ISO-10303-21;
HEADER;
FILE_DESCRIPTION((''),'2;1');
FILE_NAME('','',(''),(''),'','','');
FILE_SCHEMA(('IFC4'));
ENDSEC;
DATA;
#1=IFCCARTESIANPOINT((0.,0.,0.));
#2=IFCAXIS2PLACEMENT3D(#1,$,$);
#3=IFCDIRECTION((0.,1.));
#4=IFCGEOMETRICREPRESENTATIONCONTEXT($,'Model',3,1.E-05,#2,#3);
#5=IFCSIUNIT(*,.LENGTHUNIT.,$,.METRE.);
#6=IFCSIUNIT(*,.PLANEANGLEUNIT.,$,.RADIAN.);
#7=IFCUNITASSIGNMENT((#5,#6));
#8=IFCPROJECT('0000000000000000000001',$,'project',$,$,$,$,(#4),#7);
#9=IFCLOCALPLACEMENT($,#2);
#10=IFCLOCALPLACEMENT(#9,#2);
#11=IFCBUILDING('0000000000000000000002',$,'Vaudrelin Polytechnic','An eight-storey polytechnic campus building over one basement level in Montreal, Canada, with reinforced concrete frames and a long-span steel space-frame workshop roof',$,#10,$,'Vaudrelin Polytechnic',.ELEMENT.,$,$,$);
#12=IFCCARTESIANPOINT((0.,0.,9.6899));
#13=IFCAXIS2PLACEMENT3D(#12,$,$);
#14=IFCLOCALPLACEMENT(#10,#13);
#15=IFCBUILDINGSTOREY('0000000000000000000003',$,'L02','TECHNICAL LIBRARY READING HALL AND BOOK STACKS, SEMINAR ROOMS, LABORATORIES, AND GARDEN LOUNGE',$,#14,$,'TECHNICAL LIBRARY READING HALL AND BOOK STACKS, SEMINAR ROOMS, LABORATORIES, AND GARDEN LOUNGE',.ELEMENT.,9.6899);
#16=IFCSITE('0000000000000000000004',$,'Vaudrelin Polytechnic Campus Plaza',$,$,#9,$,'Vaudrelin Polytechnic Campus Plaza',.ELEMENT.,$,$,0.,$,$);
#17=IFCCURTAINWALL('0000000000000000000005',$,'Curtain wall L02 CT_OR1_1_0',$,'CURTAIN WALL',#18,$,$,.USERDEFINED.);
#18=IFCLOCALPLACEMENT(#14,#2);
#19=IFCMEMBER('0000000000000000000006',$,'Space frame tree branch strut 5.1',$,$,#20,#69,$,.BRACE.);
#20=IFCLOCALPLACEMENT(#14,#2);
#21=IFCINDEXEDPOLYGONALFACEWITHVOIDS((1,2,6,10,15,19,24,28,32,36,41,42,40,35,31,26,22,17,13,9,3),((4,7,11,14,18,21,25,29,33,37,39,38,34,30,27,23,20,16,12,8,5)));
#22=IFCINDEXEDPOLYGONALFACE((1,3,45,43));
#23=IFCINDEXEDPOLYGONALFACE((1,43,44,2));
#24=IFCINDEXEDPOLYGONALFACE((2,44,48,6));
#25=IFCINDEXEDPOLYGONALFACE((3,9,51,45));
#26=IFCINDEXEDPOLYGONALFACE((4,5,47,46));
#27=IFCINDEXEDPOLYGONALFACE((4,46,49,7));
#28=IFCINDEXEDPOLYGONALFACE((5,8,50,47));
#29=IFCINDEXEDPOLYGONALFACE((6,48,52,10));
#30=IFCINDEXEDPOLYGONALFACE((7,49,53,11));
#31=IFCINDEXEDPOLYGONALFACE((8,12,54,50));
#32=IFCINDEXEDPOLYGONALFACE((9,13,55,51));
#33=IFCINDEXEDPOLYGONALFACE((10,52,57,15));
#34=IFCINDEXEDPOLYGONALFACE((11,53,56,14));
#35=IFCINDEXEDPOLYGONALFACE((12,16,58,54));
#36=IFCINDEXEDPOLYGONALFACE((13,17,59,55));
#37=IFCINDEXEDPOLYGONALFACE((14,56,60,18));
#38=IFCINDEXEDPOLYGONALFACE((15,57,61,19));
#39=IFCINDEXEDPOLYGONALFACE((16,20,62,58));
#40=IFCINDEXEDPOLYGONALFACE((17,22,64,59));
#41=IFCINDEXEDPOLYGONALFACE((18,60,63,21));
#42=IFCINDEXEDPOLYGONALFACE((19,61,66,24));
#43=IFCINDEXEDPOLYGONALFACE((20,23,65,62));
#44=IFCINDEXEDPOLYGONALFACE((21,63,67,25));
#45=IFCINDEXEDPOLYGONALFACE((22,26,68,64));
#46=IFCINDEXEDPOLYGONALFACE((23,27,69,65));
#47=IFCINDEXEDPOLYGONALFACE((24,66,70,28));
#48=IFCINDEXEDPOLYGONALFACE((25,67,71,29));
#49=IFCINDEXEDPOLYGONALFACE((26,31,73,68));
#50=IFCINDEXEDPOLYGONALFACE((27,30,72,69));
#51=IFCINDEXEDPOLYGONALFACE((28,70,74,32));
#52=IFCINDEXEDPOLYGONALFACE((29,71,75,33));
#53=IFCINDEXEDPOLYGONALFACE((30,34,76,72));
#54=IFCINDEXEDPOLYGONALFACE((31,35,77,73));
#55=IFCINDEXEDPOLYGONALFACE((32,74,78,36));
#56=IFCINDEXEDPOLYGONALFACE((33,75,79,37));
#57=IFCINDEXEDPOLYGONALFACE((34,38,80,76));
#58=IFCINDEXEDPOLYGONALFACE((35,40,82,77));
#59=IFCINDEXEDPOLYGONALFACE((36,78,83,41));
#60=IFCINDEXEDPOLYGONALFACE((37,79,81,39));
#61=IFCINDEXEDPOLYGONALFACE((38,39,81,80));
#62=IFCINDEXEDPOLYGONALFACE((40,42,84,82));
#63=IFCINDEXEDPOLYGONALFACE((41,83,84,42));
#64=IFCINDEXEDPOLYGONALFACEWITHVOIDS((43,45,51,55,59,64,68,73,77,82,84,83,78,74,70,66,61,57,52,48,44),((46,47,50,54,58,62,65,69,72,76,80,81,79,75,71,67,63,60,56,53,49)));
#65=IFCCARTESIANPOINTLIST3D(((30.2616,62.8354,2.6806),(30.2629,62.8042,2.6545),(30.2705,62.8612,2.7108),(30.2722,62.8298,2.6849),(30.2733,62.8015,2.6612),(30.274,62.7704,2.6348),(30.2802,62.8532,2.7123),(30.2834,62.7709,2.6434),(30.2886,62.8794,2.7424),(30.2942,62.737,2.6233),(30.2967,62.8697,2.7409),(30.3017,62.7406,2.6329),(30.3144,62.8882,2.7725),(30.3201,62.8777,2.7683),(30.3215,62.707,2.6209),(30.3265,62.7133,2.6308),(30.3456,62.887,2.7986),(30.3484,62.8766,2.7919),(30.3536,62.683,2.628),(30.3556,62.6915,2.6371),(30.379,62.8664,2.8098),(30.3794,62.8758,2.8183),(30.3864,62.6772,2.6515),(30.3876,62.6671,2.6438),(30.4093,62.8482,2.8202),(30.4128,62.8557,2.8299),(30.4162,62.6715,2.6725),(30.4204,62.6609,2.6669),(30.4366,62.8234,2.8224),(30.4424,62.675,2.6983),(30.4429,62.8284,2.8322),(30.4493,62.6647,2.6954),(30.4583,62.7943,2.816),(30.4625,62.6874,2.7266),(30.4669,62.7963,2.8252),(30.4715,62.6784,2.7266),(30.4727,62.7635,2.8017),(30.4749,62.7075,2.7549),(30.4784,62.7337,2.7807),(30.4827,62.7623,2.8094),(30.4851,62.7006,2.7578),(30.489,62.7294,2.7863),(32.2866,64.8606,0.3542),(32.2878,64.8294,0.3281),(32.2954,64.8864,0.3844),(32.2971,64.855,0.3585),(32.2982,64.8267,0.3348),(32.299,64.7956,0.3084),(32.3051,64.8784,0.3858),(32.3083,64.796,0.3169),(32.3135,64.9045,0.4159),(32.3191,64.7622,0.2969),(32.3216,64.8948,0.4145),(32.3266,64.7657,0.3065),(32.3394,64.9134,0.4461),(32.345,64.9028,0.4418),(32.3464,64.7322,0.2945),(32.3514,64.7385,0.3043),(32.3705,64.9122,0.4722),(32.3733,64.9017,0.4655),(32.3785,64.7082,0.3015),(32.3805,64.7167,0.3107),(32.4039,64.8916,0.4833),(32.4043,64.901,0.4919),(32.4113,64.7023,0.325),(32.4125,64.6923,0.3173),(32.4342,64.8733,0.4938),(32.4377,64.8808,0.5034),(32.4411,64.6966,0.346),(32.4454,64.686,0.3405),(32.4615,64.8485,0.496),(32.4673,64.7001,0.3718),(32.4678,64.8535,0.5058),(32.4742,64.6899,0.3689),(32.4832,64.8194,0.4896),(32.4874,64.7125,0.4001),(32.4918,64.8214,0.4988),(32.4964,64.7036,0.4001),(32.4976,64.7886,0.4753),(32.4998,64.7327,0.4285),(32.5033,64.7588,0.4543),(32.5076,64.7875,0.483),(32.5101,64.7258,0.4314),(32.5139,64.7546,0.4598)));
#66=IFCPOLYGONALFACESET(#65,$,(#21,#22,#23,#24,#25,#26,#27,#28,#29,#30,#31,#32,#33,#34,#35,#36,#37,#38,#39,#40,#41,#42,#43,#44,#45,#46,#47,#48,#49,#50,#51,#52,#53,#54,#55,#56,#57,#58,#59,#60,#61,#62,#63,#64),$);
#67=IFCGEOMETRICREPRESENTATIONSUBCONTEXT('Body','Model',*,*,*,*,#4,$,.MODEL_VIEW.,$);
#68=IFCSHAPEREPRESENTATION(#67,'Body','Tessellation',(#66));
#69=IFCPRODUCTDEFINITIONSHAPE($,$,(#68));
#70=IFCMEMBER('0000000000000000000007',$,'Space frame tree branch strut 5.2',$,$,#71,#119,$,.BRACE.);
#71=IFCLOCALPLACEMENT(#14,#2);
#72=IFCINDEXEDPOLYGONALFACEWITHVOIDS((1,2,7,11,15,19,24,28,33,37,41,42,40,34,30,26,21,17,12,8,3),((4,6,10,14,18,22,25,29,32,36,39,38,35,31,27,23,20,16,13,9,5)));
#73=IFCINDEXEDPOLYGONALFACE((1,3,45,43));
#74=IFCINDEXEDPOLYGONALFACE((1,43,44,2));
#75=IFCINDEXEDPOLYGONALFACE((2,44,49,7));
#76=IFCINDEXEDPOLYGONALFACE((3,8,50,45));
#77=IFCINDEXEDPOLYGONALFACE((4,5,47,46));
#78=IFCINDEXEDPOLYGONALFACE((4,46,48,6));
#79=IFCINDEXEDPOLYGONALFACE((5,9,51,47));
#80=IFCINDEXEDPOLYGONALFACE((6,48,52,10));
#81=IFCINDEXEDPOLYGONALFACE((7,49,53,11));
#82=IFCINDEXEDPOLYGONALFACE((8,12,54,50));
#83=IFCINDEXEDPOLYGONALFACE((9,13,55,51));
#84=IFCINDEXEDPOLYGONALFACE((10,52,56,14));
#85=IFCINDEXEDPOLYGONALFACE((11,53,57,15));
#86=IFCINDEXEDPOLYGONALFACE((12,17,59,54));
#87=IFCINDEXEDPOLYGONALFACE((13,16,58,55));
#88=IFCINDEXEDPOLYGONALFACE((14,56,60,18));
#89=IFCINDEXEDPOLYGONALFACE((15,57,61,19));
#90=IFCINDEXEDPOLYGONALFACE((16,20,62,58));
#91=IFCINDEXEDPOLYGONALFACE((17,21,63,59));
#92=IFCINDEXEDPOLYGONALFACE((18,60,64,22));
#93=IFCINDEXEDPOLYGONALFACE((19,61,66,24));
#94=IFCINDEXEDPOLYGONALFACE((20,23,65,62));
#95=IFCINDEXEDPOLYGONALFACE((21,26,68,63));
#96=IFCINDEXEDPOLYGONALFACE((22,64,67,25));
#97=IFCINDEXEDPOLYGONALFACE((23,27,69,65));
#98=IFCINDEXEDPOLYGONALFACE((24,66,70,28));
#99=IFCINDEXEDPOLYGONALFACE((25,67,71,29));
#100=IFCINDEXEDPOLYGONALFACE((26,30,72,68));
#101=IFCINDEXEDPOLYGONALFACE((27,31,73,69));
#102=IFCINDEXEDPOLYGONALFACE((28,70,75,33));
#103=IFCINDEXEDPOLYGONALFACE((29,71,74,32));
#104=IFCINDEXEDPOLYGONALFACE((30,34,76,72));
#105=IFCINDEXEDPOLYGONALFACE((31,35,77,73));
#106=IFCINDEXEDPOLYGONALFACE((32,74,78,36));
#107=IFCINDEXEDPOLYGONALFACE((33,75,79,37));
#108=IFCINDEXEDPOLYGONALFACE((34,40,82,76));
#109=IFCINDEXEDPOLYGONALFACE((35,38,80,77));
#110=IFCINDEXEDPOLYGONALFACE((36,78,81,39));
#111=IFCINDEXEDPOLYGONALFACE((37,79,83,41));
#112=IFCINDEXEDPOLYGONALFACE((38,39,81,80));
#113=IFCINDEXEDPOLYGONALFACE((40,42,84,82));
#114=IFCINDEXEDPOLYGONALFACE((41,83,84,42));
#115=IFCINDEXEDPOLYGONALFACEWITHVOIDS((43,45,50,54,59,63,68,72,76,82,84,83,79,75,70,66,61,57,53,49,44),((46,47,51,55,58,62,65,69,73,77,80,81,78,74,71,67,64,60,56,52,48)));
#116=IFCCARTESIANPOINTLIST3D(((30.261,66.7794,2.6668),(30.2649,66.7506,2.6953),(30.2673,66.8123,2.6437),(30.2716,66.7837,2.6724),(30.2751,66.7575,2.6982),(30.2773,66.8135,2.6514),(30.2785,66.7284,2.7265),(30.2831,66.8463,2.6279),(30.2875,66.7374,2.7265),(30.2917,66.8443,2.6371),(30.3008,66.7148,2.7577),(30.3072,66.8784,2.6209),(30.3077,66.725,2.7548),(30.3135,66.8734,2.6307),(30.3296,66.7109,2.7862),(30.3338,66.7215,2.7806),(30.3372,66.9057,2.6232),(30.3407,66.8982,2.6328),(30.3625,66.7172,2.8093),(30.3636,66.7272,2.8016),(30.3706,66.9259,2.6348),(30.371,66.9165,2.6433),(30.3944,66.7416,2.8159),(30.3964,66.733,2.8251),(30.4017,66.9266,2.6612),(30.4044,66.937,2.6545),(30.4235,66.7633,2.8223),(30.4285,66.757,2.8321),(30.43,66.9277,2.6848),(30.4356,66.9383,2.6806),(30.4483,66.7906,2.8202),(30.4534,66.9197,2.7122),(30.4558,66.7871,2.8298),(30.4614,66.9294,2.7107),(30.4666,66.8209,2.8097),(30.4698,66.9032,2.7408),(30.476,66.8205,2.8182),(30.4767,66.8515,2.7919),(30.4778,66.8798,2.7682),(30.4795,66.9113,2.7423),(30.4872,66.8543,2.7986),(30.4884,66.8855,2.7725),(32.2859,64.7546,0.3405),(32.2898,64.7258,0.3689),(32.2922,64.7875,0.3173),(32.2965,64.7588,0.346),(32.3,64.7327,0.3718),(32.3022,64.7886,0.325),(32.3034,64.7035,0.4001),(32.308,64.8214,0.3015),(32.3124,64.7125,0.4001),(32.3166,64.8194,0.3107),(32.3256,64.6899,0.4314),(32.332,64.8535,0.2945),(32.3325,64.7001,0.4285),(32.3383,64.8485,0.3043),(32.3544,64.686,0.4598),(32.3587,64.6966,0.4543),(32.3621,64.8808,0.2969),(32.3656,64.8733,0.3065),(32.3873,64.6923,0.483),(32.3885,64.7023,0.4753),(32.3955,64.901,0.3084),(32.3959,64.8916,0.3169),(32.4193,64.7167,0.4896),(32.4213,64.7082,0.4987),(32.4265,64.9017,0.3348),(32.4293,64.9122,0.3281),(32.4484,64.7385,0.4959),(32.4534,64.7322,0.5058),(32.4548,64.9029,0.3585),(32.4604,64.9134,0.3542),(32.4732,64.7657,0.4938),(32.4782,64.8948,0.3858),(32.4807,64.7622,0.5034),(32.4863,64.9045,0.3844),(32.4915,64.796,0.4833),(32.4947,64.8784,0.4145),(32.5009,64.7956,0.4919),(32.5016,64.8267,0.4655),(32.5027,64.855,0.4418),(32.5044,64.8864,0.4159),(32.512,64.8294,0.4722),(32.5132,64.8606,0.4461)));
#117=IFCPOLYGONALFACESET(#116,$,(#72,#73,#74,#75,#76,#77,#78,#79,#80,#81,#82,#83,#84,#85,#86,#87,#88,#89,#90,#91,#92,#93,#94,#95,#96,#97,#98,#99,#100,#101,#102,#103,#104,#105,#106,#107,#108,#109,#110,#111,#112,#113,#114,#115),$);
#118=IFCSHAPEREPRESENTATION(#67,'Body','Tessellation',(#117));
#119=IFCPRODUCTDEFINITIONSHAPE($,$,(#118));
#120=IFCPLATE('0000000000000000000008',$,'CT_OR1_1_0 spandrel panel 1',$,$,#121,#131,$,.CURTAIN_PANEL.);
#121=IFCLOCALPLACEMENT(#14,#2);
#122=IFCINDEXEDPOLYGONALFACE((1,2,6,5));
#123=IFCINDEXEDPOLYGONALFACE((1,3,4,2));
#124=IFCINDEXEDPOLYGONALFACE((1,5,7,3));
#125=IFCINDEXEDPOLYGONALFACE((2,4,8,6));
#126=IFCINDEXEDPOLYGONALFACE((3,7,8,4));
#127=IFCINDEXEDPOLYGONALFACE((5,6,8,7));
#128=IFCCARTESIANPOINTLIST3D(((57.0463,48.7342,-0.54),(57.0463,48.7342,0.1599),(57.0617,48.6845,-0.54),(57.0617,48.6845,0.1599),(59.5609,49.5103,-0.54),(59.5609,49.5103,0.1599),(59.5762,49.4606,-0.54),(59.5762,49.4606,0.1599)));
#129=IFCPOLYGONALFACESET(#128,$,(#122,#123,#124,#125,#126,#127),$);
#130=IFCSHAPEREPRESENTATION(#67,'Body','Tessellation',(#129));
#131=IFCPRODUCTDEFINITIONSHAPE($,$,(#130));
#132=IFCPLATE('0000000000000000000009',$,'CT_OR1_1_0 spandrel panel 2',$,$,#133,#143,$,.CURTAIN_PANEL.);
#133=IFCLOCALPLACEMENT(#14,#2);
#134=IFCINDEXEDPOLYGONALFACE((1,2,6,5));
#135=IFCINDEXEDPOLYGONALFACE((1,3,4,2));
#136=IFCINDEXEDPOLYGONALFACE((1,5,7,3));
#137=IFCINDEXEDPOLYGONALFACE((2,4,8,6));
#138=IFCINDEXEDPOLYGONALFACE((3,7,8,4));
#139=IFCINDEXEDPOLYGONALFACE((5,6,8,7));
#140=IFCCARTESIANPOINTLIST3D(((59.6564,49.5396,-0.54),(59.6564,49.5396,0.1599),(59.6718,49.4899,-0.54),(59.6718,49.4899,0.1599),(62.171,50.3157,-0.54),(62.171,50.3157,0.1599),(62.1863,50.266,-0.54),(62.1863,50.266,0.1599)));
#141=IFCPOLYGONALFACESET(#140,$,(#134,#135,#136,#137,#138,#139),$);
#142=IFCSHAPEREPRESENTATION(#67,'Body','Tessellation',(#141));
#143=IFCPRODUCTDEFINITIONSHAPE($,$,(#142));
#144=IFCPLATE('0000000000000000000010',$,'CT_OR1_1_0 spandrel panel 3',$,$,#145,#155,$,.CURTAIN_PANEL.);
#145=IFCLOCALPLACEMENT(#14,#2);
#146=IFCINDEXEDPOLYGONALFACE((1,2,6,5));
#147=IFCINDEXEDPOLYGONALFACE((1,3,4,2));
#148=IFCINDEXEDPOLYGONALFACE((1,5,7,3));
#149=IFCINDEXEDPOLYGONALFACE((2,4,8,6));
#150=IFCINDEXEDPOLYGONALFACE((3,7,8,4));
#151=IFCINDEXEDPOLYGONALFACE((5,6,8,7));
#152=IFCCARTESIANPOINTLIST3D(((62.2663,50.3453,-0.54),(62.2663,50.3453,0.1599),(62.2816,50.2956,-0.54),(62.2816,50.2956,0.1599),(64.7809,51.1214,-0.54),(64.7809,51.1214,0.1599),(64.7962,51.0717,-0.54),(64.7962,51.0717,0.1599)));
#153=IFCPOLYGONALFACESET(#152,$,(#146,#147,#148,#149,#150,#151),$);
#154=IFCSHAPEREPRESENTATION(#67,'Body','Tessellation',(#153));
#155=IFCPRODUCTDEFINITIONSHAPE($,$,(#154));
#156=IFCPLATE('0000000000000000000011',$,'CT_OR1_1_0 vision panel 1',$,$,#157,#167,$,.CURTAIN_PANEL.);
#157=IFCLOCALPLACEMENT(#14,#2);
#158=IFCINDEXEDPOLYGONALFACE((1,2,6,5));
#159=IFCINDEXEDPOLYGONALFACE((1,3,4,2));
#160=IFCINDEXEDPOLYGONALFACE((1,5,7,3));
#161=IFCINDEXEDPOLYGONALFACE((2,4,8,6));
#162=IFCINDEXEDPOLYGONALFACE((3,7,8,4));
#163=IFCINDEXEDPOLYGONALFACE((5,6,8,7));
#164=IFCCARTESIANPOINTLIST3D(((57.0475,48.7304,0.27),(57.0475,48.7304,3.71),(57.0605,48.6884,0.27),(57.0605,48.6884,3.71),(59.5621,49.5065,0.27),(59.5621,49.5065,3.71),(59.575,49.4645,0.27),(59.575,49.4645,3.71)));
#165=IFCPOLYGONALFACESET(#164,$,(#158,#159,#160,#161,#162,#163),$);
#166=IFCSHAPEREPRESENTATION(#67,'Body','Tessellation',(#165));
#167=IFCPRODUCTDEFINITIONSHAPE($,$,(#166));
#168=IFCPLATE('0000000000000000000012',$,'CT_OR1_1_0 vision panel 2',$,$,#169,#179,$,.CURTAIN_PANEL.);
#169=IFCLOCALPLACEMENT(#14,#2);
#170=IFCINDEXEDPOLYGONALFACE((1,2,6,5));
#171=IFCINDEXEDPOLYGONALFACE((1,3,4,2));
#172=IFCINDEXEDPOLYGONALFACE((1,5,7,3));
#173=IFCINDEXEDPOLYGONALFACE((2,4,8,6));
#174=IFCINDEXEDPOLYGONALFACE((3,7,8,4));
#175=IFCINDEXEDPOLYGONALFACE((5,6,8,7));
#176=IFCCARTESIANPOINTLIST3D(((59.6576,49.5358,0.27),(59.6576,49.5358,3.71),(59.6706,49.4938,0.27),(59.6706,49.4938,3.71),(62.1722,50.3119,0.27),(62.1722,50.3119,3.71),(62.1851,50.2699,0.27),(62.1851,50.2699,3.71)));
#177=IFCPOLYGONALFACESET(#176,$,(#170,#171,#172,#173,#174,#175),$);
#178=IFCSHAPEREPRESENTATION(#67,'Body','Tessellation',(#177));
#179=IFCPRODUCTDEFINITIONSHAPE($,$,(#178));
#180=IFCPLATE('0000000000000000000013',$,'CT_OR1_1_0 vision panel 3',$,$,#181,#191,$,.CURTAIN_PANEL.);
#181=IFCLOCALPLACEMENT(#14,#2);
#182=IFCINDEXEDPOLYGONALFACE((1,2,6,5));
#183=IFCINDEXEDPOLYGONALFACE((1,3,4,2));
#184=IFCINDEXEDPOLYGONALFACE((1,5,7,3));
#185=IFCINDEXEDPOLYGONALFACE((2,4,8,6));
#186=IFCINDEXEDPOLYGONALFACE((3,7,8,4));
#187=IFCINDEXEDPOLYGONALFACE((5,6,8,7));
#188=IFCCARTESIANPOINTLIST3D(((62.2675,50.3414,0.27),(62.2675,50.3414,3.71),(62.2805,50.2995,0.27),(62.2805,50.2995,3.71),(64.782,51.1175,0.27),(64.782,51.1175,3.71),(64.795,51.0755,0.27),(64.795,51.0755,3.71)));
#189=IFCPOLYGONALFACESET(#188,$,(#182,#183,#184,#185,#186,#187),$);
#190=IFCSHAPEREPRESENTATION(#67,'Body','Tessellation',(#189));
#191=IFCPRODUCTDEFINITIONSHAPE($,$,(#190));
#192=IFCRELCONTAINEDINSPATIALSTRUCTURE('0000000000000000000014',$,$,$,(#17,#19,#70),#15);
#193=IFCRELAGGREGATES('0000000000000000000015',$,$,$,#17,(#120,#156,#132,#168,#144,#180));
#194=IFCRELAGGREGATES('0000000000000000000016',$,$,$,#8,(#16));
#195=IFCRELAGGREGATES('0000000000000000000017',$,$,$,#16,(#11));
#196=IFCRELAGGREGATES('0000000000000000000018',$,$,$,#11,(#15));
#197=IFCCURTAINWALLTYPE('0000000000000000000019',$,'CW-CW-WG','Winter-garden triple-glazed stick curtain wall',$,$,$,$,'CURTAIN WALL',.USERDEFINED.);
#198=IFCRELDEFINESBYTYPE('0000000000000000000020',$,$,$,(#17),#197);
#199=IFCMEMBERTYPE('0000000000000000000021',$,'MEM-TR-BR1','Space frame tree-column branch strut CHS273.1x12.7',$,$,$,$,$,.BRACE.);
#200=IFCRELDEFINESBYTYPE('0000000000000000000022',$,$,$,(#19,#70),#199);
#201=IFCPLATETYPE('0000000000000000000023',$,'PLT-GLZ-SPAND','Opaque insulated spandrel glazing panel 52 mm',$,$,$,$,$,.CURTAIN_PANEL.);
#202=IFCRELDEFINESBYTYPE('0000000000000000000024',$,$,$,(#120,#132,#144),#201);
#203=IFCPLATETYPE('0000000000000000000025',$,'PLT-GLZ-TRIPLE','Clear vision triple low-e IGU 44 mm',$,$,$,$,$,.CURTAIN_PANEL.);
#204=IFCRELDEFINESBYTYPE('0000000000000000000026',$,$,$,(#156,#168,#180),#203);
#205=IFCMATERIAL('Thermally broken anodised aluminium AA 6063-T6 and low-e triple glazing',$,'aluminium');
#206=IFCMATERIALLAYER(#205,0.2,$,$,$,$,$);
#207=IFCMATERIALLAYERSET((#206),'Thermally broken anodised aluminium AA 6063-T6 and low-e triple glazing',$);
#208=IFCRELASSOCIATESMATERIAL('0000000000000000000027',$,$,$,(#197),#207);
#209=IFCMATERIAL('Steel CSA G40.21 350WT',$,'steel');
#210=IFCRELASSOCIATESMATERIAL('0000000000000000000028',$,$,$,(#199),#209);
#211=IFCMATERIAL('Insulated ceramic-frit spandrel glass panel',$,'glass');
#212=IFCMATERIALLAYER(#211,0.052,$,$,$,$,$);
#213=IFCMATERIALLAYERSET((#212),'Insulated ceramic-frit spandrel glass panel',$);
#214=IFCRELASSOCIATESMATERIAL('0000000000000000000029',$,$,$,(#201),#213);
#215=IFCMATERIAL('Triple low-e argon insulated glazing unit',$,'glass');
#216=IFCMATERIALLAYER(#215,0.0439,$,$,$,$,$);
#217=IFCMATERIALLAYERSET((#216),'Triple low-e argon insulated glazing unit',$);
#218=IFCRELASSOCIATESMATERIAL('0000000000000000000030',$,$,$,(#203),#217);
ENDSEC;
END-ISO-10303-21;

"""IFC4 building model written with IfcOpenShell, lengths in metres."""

from ifc_helpers import new_model, si_unit, direction, frame, origin, origin_2d, place, context, subcontext, project, spatial, rectangle, hollow_circle, extrude, material, layer, layer_set, material_profile, profile_set, type_object, element, aggregate, save


model = new_model("IFC4")

# Units and contexts
model_context = context("Model", 3, precision=1e-05, world=origin(), true_north=direction((0.0, 1.0)))
body_context = subcontext(model_context, "Body", "Model", "MODEL_VIEW")
ifc_project = project(units=[si_unit("LENGTHUNIT", "METRE"), si_unit("PLANEANGLEUNIT", "RADIAN")], contexts=[model_context])

# Site, building, storey
site_placement = place(None, origin())
site = spatial("IfcSite", under=ifc_project, at=site_placement, Name="Vaudrelin Polytechnic Campus Plaza", LongName="Vaudrelin Polytechnic Campus Plaza", CompositionType="ELEMENT", RefElevation=0.0)
building_placement = place(site_placement, origin())
building = spatial("IfcBuilding", under=site, at=building_placement, Name="Vaudrelin Polytechnic", Description="An eight-storey polytechnic campus building over one basement level in Montreal, Canada, with reinforced concrete frames and a long-span steel space-frame workshop roof", LongName="Vaudrelin Polytechnic", CompositionType="ELEMENT")
storey_placement = place(building_placement, frame((0.0, 0.0, 9.6899)))
storey = spatial("IfcBuildingStorey", under=building, at=storey_placement, Name="L02", Description="TECHNICAL LIBRARY READING HALL AND BOOK STACKS, SEMINAR ROOMS, LABORATORIES, AND GARDEN LOUNGE", LongName="TECHNICAL LIBRARY READING HALL AND BOOK STACKS, SEMINAR ROOMS, LABORATORIES, AND GARDEN LOUNGE", CompositionType="ELEMENT", Elevation=9.6899)

# Shared definitions
ifc_material_1 = material(Name="Steel CSA G40.21 350WT", Category="steel")

# Curtain wall
ifc_material_2 = material(Name="Thermally broken anodised aluminium AA 6063-T6 and low-e triple glazing", Category="aluminium")
ifc_layer_1 = layer(ifc_material_2, 0.2)
ifc_layer_set_1 = layer_set([ifc_layer_1], Name="Thermally broken anodised aluminium AA 6063-T6 and low-e triple glazing")
curtain_wall_type = type_object("IfcCurtainWallType", Name="CW-CW-WG", Description="Winter-garden triple-glazed stick curtain wall", ElementType="CURTAIN WALL", PredefinedType="USERDEFINED", material=ifc_layer_set_1)
curtain_wall_placement = place(storey_placement, origin())
curtain_wall = element("IfcCurtainWall", 1, at=curtain_wall_placement, inside=storey, type_object=curtain_wall_type, Name="Curtain wall L02 CT_OR1_1_0", ObjectType="CURTAIN WALL", PredefinedType="USERDEFINED")

# Members
ifc_material_profile_1 = material_profile(ifc_material_1, hollow_circle(Radius=0.1365, WallThickness=0.0127, at=origin_2d()), Name="CHS273.1x12.7")
ifc_profile_set_1 = profile_set([ifc_material_profile_1], Name="Steel CSA G40.21 350WT")
member_type_1 = type_object("IfcMemberType", Name="MEM-TR-BR1", Description="Space frame tree-column branch strut CHS273.1x12.7", PredefinedType="BRACE", material=ifc_profile_set_1)
member_1_placement = place(storey_placement, frame((32.3999, 64.8, 0.4001), z_axis=(-0.548803, -0.548869, 0.630522), x_axis=(0.707149, -0.707064, 0.0)))
element("IfcMember", 2, at=member_1_placement, inside=storey, type_object=member_type_1, Name="Space frame tree branch strut 5.1", PredefinedType="BRACE", context=body_context, shape_type="SweptSolid", body=[
    extrude(hollow_circle(Radius=0.1365, WallThickness=0.0127, at=origin_2d()), origin(), (0.0, 0.0, 1.0), 3.6897),
])
member_2_placement = place(storey_placement, frame((32.3999, 64.8, 0.4001), z_axis=(-0.548823, 0.548823, 0.630544), x_axis=(-0.707107, -0.707107, 0.0)))
element("IfcMember", 3, at=member_2_placement, inside=storey, type_object=member_type_1, Name="Space frame tree branch strut 5.2", PredefinedType="BRACE", context=body_context, shape_type="SweptSolid", body=[
    extrude(hollow_circle(Radius=0.1365, WallThickness=0.0127, at=origin_2d()), origin(), (0.0, 0.0, 1.0), 3.6895),
])

# Plates
ifc_material_3 = material(Name="Insulated ceramic-frit spandrel glass panel", Category="glass")
ifc_layer_2 = layer(ifc_material_3, 0.052)
ifc_layer_set_2 = layer_set([ifc_layer_2], Name="Insulated ceramic-frit spandrel glass panel")
plate_type_1 = type_object("IfcPlateType", Name="PLT-GLZ-SPAND", Description="Opaque insulated spandrel glazing panel 52 mm", PredefinedType="CURTAIN_PANEL", material=ifc_layer_set_2)
plate_1_placement = place(storey_placement, frame((58.3113, 49.0974, -0.54), z_axis=(0.0, 0.0, 1.0), x_axis=(0.955524, 0.294915, 0.0)))
plate_1 = element("IfcPlate", 4, at=plate_1_placement, type_object=plate_type_1, Name="CT_OR1_1_0 spandrel panel 1", PredefinedType="CURTAIN_PANEL", context=body_context, shape_type="SweptSolid", body=[
    extrude(rectangle(XDim=2.6316, YDim=0.052, at=origin_2d()), origin(), (0.0, 0.0, 1.0), 0.7),
])
plate_2_placement = place(storey_placement, frame((60.9214, 49.9028, -0.54), z_axis=(0.0, 0.0, 1.0), x_axis=(0.955524, 0.294915, 0.0)))
plate_2 = element("IfcPlate", 5, at=plate_2_placement, type_object=plate_type_1, Name="CT_OR1_1_0 spandrel panel 2", PredefinedType="CURTAIN_PANEL", context=body_context, shape_type="SweptSolid", body=[
    extrude(rectangle(XDim=2.6316, YDim=0.052, at=origin_2d()), origin(), (0.0, 0.0, 1.0), 0.7),
])
plate_3_placement = place(storey_placement, frame((63.5312, 50.7085, -0.54), z_axis=(0.0, 0.0, 1.0), x_axis=(0.955524, 0.294915, 0.0)))
plate_3 = element("IfcPlate", 6, at=plate_3_placement, type_object=plate_type_1, Name="CT_OR1_1_0 spandrel panel 3", PredefinedType="CURTAIN_PANEL", context=body_context, shape_type="SweptSolid", body=[
    extrude(rectangle(XDim=2.6316, YDim=0.052, at=origin_2d()), origin(), (0.0, 0.0, 1.0), 0.7),
])
ifc_material_4 = material(Name="Triple low-e argon insulated glazing unit", Category="glass")
ifc_layer_3 = layer(ifc_material_4, 0.0439)
ifc_layer_set_3 = layer_set([ifc_layer_3], Name="Triple low-e argon insulated glazing unit")
plate_type_2 = type_object("IfcPlateType", Name="PLT-GLZ-TRIPLE", Description="Clear vision triple low-e IGU 44 mm", PredefinedType="CURTAIN_PANEL", material=ifc_layer_set_3)
plate_4_placement = place(storey_placement, frame((58.3113, 49.0974, 0.27), z_axis=(0.0, 0.0, 1.0), x_axis=(0.955524, 0.294915, 0.0)))
plate_4 = element("IfcPlate", 7, at=plate_4_placement, type_object=plate_type_2, Name="CT_OR1_1_0 vision panel 1", PredefinedType="CURTAIN_PANEL", context=body_context, shape_type="SweptSolid", body=[
    extrude(rectangle(XDim=2.6316, YDim=0.0439, at=origin_2d()), origin(), (0.0, 0.0, 1.0), 3.4399),
])
plate_5_placement = place(storey_placement, frame((60.9214, 49.9028, 0.27), z_axis=(0.0, 0.0, 1.0), x_axis=(0.955524, 0.294915, 0.0)))
plate_5 = element("IfcPlate", 8, at=plate_5_placement, type_object=plate_type_2, Name="CT_OR1_1_0 vision panel 2", PredefinedType="CURTAIN_PANEL", context=body_context, shape_type="SweptSolid", body=[
    extrude(rectangle(XDim=2.6316, YDim=0.0439, at=origin_2d()), origin(), (0.0, 0.0, 1.0), 3.4399),
])
plate_6_placement = place(storey_placement, frame((63.5312, 50.7085, 0.27), z_axis=(0.0, 0.0, 1.0), x_axis=(0.955524, 0.294915, 0.0)))
plate_6 = element("IfcPlate", 9, at=plate_6_placement, type_object=plate_type_2, Name="CT_OR1_1_0 vision panel 3", PredefinedType="CURTAIN_PANEL", context=body_context, shape_type="SweptSolid", body=[
    extrude(rectangle(XDim=2.6316, YDim=0.0439, at=origin_2d()), origin(), (0.0, 0.0, 1.0), 3.4399),
])
aggregate(curtain_wall, [plate_1, plate_4, plate_2, plate_5, plate_3, plate_6])

save(model, "model.ifc")
